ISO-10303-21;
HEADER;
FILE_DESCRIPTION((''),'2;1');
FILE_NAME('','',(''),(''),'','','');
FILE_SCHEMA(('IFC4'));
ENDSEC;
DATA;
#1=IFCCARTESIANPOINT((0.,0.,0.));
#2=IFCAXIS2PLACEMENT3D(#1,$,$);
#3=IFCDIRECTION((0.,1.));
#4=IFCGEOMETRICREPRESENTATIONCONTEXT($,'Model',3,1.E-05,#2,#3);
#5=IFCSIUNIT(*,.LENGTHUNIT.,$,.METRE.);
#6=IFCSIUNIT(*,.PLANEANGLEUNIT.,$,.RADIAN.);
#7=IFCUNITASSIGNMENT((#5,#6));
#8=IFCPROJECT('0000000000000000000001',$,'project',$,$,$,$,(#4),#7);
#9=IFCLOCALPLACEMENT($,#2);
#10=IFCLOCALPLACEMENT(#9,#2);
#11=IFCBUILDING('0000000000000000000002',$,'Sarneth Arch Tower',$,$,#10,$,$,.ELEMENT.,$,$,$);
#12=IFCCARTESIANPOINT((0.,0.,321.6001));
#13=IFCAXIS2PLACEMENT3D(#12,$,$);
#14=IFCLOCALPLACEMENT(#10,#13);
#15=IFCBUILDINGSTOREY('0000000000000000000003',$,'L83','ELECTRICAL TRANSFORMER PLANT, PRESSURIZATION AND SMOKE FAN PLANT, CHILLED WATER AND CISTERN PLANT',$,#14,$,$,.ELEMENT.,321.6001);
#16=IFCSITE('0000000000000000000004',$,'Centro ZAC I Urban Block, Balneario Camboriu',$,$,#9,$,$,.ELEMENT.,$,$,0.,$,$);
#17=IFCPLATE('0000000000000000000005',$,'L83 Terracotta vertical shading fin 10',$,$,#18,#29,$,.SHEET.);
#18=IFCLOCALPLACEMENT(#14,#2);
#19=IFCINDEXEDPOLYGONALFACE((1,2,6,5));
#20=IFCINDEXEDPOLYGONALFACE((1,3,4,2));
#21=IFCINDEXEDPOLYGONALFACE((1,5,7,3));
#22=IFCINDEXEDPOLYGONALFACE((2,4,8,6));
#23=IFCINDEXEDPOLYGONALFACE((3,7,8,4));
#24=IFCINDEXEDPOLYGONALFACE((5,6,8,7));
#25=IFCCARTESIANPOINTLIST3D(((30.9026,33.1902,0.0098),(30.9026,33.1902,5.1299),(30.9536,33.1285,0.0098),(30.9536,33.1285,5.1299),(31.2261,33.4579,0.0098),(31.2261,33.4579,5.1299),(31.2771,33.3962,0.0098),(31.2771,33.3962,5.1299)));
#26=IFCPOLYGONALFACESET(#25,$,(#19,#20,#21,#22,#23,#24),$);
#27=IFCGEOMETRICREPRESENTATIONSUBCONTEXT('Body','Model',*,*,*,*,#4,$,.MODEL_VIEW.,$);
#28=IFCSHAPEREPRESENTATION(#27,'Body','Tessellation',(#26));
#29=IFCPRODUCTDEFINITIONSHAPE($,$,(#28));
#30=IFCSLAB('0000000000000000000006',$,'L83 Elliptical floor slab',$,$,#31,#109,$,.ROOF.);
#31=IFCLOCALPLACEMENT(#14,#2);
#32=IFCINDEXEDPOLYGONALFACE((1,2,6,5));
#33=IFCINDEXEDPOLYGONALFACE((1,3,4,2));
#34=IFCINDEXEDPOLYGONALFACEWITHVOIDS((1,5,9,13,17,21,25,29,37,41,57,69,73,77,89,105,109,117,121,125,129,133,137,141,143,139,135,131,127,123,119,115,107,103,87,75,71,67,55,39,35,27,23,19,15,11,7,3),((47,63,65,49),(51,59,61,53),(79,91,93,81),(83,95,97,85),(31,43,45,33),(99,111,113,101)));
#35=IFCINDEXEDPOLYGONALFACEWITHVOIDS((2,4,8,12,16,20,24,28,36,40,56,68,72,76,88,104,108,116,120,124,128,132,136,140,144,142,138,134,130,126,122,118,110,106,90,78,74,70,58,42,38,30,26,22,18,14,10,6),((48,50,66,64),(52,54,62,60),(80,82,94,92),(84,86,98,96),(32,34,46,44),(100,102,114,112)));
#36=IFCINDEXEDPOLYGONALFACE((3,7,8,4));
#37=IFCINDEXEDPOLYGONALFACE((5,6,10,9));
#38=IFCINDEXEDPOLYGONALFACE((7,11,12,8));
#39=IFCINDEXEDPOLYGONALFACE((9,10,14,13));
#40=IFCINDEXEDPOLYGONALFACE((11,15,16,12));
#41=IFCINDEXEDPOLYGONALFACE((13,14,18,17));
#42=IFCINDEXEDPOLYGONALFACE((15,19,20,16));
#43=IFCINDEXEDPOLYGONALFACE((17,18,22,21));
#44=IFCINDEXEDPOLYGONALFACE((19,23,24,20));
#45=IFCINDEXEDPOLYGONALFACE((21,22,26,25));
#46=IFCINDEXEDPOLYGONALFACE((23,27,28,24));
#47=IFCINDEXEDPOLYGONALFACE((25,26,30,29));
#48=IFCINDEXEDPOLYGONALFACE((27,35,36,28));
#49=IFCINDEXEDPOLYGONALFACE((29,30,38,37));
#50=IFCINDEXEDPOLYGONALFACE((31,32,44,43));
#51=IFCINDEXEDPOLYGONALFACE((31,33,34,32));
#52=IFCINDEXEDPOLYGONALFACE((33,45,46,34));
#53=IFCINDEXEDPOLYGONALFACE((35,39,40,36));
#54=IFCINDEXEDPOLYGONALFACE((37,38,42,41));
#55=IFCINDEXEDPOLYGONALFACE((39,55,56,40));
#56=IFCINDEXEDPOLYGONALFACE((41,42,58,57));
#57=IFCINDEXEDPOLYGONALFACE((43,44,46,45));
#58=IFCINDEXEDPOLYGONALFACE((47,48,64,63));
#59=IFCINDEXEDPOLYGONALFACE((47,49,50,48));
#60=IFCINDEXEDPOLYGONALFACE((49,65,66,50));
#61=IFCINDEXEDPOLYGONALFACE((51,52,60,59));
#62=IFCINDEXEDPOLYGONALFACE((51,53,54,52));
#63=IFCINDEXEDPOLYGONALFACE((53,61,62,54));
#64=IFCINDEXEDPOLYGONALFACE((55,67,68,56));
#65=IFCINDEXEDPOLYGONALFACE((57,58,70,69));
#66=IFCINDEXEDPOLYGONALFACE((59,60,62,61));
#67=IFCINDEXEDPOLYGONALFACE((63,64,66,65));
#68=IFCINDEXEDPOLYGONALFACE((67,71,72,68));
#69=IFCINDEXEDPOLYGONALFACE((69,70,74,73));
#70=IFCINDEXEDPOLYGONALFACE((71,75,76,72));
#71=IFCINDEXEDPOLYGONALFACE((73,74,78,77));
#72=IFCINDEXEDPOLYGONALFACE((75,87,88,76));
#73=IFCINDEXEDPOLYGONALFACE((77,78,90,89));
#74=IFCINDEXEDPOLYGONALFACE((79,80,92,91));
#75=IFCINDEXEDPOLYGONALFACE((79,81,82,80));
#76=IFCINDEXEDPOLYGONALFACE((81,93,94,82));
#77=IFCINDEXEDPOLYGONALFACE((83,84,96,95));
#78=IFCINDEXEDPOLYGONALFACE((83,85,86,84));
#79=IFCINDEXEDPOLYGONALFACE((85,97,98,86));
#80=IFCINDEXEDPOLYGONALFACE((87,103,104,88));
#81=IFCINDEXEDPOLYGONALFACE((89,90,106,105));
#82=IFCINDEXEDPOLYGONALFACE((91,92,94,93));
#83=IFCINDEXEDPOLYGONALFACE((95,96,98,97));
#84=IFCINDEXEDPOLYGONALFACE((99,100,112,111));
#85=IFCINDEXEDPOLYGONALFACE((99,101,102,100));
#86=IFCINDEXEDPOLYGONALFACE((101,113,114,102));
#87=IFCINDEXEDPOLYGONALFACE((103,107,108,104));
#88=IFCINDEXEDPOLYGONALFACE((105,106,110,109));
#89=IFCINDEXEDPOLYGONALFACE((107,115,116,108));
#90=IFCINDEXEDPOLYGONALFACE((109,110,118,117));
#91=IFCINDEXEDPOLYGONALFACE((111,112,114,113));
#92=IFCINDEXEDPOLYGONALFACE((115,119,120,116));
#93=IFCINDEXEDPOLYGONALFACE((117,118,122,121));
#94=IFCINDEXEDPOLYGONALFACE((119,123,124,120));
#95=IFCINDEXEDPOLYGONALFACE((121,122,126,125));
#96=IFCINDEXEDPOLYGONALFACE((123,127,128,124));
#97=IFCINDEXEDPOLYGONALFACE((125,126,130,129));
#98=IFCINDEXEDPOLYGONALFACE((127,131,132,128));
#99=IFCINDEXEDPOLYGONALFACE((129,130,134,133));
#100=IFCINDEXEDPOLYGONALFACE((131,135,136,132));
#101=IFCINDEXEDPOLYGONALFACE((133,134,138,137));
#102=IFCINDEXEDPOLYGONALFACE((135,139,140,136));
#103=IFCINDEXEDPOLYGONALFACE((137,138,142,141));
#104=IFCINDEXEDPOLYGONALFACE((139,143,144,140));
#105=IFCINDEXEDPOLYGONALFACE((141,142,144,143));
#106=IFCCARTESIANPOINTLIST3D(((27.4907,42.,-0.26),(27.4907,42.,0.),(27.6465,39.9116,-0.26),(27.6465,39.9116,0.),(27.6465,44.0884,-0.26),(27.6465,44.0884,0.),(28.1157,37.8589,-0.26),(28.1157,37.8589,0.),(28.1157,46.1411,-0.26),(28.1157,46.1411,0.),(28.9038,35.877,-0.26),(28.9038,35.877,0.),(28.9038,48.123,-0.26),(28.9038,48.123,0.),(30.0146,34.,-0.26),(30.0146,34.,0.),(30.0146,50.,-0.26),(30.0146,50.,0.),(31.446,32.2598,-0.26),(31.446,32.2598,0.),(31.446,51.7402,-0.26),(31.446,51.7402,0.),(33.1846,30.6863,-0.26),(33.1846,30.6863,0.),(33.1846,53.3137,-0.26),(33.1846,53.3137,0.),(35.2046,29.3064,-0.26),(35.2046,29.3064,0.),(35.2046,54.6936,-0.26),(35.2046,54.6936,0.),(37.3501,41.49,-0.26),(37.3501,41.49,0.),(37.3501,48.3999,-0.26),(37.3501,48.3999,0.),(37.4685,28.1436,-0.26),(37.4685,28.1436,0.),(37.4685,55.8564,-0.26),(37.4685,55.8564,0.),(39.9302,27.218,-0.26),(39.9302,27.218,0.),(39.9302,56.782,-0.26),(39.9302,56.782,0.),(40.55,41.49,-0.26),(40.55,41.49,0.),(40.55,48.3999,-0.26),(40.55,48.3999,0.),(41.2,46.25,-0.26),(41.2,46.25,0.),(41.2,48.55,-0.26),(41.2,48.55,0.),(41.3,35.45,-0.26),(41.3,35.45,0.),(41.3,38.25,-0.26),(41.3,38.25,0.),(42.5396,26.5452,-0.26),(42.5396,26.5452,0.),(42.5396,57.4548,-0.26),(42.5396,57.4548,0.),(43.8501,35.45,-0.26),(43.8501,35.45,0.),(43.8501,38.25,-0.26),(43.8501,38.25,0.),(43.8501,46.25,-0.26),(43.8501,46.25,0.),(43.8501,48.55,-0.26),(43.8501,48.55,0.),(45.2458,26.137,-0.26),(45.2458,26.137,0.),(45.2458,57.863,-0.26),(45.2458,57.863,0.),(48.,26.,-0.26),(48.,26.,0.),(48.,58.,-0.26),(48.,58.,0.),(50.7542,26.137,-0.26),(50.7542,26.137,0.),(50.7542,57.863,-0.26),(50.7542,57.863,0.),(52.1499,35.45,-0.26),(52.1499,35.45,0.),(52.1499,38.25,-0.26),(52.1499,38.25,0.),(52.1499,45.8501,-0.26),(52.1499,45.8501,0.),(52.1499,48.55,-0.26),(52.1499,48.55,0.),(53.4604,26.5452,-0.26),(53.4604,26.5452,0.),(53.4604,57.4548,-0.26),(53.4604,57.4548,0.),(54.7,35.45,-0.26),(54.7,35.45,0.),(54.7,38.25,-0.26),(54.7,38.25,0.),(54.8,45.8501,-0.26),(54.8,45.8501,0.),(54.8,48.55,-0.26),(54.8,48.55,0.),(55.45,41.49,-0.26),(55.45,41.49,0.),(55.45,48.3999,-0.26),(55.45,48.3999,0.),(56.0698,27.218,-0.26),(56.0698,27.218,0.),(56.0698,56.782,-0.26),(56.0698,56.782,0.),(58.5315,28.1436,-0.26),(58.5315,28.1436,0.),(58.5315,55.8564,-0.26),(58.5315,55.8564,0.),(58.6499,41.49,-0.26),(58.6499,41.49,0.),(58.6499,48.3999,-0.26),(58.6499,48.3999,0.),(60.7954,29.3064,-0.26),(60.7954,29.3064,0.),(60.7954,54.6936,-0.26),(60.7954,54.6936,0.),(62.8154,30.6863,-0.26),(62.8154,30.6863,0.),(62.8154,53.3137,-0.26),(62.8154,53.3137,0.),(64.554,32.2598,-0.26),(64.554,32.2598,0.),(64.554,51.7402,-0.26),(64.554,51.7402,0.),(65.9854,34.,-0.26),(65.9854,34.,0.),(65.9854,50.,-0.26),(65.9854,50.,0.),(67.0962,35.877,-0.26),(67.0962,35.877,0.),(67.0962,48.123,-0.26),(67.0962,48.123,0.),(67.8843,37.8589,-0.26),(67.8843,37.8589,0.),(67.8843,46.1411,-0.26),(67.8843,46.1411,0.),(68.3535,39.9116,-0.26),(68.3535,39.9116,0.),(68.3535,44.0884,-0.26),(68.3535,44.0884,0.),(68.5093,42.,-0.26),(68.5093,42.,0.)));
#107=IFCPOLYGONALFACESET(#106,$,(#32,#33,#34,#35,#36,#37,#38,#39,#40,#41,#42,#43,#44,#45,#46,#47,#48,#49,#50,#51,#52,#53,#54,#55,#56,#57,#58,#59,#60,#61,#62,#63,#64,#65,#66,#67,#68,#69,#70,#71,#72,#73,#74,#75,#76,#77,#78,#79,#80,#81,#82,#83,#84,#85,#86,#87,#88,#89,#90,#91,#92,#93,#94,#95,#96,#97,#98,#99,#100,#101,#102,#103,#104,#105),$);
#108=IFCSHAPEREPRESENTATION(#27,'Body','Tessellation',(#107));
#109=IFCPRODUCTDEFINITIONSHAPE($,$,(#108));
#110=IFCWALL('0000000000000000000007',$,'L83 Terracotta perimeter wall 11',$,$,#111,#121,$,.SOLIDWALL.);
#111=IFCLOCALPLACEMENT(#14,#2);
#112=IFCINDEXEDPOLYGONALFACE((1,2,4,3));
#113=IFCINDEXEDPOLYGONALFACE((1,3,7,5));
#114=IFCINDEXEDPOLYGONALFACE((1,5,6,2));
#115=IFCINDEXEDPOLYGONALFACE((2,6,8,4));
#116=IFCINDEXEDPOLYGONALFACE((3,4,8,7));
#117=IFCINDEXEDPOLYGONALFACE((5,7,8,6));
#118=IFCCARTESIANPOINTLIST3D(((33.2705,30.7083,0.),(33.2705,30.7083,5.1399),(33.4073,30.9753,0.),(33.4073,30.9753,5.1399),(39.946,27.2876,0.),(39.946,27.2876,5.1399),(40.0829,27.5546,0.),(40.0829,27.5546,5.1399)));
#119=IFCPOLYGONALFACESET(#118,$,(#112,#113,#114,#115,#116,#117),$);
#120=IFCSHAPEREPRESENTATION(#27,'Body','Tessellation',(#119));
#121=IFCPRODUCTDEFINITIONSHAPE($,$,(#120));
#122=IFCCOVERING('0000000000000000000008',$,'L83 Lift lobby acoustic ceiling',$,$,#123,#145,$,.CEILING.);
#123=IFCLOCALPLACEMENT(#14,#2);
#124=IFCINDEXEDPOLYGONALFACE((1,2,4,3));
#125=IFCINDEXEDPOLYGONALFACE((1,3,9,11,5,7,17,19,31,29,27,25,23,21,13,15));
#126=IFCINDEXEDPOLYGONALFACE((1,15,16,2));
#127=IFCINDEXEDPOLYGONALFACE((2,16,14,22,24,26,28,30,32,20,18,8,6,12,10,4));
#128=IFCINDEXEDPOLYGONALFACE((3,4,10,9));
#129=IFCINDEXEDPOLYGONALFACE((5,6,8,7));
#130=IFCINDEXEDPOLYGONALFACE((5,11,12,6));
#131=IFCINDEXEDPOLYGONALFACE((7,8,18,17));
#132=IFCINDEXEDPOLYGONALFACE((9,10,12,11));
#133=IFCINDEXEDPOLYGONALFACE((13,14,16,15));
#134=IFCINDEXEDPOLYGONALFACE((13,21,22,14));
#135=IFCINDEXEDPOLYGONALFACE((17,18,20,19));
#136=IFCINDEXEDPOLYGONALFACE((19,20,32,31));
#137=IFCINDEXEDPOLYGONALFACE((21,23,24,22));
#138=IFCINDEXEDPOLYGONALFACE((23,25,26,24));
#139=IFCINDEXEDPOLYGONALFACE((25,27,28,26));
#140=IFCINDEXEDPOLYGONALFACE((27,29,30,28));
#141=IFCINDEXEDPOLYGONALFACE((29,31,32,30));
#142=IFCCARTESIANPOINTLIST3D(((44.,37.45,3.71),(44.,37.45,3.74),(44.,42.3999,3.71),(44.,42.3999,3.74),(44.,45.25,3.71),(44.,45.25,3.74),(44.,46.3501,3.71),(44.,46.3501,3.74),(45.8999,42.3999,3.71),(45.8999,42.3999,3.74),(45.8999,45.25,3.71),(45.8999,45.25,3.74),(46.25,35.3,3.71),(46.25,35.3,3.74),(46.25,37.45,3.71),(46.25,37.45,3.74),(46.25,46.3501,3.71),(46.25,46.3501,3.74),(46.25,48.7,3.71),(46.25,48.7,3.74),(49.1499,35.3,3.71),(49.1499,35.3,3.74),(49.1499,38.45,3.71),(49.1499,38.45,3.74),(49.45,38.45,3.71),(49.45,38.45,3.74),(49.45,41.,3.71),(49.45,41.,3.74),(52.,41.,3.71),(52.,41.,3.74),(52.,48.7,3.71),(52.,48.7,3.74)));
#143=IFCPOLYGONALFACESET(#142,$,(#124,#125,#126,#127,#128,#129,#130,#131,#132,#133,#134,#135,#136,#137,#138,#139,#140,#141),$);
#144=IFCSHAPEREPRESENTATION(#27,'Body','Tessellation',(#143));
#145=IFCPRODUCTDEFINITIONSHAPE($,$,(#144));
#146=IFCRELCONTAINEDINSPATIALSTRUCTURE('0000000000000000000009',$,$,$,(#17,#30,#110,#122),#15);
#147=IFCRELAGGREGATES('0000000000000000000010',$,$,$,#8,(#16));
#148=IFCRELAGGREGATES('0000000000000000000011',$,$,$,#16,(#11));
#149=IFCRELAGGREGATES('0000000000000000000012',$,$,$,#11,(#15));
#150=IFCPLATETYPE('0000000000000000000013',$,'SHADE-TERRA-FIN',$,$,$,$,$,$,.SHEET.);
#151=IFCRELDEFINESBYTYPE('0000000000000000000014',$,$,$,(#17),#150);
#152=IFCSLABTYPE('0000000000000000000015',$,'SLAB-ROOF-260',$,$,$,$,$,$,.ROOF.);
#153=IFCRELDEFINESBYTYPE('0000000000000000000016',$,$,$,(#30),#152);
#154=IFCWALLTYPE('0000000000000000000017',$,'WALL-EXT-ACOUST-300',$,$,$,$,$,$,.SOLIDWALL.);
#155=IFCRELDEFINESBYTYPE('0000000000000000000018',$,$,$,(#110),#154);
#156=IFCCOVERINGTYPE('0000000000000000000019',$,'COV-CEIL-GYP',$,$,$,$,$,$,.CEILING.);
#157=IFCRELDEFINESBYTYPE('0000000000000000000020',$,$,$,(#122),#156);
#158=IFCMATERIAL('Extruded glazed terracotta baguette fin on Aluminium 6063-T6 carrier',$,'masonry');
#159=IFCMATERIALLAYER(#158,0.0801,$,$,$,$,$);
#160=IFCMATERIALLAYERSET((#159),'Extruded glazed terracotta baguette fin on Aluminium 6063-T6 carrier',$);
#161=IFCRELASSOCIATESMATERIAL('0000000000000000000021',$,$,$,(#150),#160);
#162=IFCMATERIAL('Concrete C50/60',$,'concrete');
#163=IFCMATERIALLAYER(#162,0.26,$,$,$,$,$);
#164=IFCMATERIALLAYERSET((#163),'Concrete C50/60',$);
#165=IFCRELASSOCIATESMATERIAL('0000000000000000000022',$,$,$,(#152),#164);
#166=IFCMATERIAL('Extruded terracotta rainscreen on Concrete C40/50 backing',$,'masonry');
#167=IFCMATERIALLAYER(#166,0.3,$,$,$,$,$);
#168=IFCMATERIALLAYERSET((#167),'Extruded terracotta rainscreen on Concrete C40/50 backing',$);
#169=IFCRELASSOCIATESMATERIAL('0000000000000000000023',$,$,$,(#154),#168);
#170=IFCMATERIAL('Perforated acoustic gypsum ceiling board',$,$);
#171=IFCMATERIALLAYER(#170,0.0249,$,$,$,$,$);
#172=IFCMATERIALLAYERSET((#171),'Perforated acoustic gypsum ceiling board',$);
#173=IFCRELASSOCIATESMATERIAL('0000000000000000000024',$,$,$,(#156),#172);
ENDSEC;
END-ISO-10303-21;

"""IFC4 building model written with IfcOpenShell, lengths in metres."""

from ifc_helpers import new_model, si_unit, direction, frame, frame_2d, origin, origin_2d, place, context, subcontext, project, spatial, polyline, rectangle, outline, extrude, material, layer, layer_set, type_object, element, save


model = new_model("IFC4")

# Units and contexts
model_context = context("Model", 3, precision=1e-05, world=origin(), true_north=direction((0.0, 1.0)))
body_context = subcontext(model_context, "Body", "Model", "MODEL_VIEW")
ifc_project = project(units=[si_unit("LENGTHUNIT", "METRE"), si_unit("PLANEANGLEUNIT", "RADIAN")], contexts=[model_context])

# Site, building, storey
site_placement = place(None, origin())
site = spatial("IfcSite", under=ifc_project, at=site_placement, Name="Centro ZAC I Urban Block, Balneario Camboriu", CompositionType="ELEMENT", RefElevation=0.0)
building_placement = place(site_placement, origin())
building = spatial("IfcBuilding", under=site, at=building_placement, Name="Sarneth Arch Tower", CompositionType="ELEMENT")
storey_placement = place(building_placement, frame((0.0, 0.0, 321.6001)))
storey = spatial("IfcBuildingStorey", under=building, at=storey_placement, Name="L83", Description="ELECTRICAL TRANSFORMER PLANT, PRESSURIZATION AND SMOKE FAN PLANT, CHILLED WATER AND CISTERN PLANT", CompositionType="ELEMENT", Elevation=321.6001)

# Plate
ifc_material_1 = material(Name="Extruded glazed terracotta baguette fin on Aluminium 6063-T6 carrier", Category="masonry")
ifc_layer_1 = layer(ifc_material_1, 0.0801)
ifc_layer_set_1 = layer_set([ifc_layer_1], Name="Extruded glazed terracotta baguette fin on Aluminium 6063-T6 carrier")
plate_type_1 = type_object("IfcPlateType", Name="SHADE-TERRA-FIN", PredefinedType="SHEET", material=ifc_layer_set_1)
plate_1_placement = place(storey_placement, frame((31.0898, 33.2932, 0.0098), z_axis=(0.0, 0.0, 1.0), x_axis=(-0.770402, -0.637558, 0.0)))
element("IfcPlate", 1, at=plate_1_placement, inside=storey, type_object=plate_type_1, Name="L83 Terracotta vertical shading fin 10", PredefinedType="SHEET", context=body_context, shape_type="SweptSolid", body=[
    extrude(rectangle(XDim=0.4199, YDim=0.0801, at=origin_2d()), origin(), (0.0, 0.0, 1.0), 5.1201),
])

# Slab
ifc_material_2 = material(Name="Concrete C50/60", Category="concrete")
ifc_layer_2 = layer(ifc_material_2, 0.26)
ifc_layer_set_2 = layer_set([ifc_layer_2], Name="Concrete C50/60")
slab_type = type_object("IfcSlabType", Name="SLAB-ROOF-260", PredefinedType="ROOF", material=ifc_layer_set_2)
slab_placement = place(storey_placement, frame((0.0, 0.0, -0.26)))
element("IfcSlab", 2, at=slab_placement, inside=storey, type_object=slab_type, Name="L83 Elliptical floor slab", PredefinedType="ROOF", context=body_context, shape_type="SweptSolid", body=[
    extrude(outline(polyline([(68.5093, 42.0), (68.3535, 44.0884), (67.8843, 46.1411), (67.0962, 48.123), (65.9854, 50.0), (64.554, 51.7402), (62.8154, 53.3137), (60.7954, 54.6936), (58.5315, 55.8564), (56.0698, 56.782), (53.4604, 57.4548), (50.7542, 57.863), (48.0, 58.0), (45.2458, 57.863), (42.5396, 57.4548), (39.9302, 56.782), (37.4685, 55.8564), (35.2046, 54.6936), (33.1846, 53.3137), (31.446, 51.7402), (30.0146, 50.0), (28.9038, 48.123), (28.1157, 46.1411), (27.6465, 44.0884), (27.4907, 42.0), (27.6465, 39.9116), (28.1157, 37.8589), (28.9038, 35.877), (30.0146, 34.0), (31.446, 32.2598), (33.1846, 30.6863), (35.2046, 29.3064), (37.4685, 28.1436), (39.9302, 27.218), (42.5396, 26.5452), (45.2458, 26.137), (48.0, 26.0), (50.7542, 26.137), (53.4604, 26.5452), (56.0698, 27.218), (58.5315, 28.1436), (60.7954, 29.3064), (62.8154, 30.6863), (64.554, 32.2598), (65.9854, 34.0), (67.0962, 35.877), (67.8843, 37.8589), (68.3535, 39.9116), (68.5093, 42.0)]), holes=[polyline([(37.3501, 41.49), (40.55, 41.49), (40.55, 48.3999), (37.3501, 48.3999), (37.3501, 41.49)]), polyline([(55.45, 41.49), (58.6499, 41.49), (58.6499, 48.3999), (55.45, 48.3999), (55.45, 41.49)]), polyline([(41.2, 46.25), (43.8501, 46.25), (43.8501, 48.55), (41.2, 48.55), (41.2, 46.25)]), polyline([(41.3, 35.45), (43.8501, 35.45), (43.8501, 38.25), (41.3, 38.25), (41.3, 35.45)]), polyline([(52.1499, 35.45), (54.7, 35.45), (54.7, 38.25), (52.1499, 38.25), (52.1499, 35.45)]), polyline([(52.1499, 45.8501), (54.8, 45.8501), (54.8, 48.55), (52.1499, 48.55), (52.1499, 45.8501)])]), origin(), (0.0, 0.0, 1.0), 0.26),
])

# Wall
ifc_material_3 = material(Name="Extruded terracotta rainscreen on Concrete C40/50 backing", Category="masonry")
ifc_layer_3 = layer(ifc_material_3, 0.3)
ifc_layer_set_3 = layer_set([ifc_layer_3], Name="Extruded terracotta rainscreen on Concrete C40/50 backing")
wall_type = type_object("IfcWallType", Name="WALL-EXT-ACOUST-300", PredefinedType="SOLIDWALL", material=ifc_layer_set_3)
wall_placement = place(storey_placement, frame((33.3389, 30.8418, 0.0), z_axis=(0.0, 0.0, 1.0), x_axis=(0.889963, -0.456032, 0.0)))
element("IfcWall", 3, at=wall_placement, inside=storey, type_object=wall_type, Name="L83 Terracotta perimeter wall 11", PredefinedType="SOLIDWALL", context=body_context, shape_type="SweptSolid", body=[
    extrude(rectangle(XDim=7.501, YDim=0.3, at=frame_2d((3.7505, 0.0))), origin(), (0.0, 0.0, 1.0), 5.1399),
])

# Covering
ifc_material_4 = material(Name="Perforated acoustic gypsum ceiling board")
ifc_layer_4 = layer(ifc_material_4, 0.0249)
ifc_layer_set_4 = layer_set([ifc_layer_4], Name="Perforated acoustic gypsum ceiling board")
covering_type = type_object("IfcCoveringType", Name="COV-CEIL-GYP", PredefinedType="CEILING", material=ifc_layer_set_4)
covering_placement = place(storey_placement, frame((0.0, 0.0, 3.71)))
element("IfcCovering", 4, at=covering_placement, inside=storey, type_object=covering_type, Name="L83 Lift lobby acoustic ceiling", PredefinedType="CEILING", context=body_context, shape_type="SweptSolid", body=[
    extrude(outline(polyline([(49.45, 41.0), (49.45, 38.45), (49.1499, 38.45), (49.1499, 35.3), (46.25, 35.3), (46.25, 37.45), (44.0, 37.45), (44.0, 42.3999), (45.8999, 42.3999), (45.8999, 45.25), (44.0, 45.25), (44.0, 46.3501), (46.25, 46.3501), (46.25, 48.7), (52.0, 48.7), (52.0, 41.0), (49.45, 41.0)])), origin(), (0.0, 0.0, 1.0), 0.03),
])

save(model, "model.ifc")
